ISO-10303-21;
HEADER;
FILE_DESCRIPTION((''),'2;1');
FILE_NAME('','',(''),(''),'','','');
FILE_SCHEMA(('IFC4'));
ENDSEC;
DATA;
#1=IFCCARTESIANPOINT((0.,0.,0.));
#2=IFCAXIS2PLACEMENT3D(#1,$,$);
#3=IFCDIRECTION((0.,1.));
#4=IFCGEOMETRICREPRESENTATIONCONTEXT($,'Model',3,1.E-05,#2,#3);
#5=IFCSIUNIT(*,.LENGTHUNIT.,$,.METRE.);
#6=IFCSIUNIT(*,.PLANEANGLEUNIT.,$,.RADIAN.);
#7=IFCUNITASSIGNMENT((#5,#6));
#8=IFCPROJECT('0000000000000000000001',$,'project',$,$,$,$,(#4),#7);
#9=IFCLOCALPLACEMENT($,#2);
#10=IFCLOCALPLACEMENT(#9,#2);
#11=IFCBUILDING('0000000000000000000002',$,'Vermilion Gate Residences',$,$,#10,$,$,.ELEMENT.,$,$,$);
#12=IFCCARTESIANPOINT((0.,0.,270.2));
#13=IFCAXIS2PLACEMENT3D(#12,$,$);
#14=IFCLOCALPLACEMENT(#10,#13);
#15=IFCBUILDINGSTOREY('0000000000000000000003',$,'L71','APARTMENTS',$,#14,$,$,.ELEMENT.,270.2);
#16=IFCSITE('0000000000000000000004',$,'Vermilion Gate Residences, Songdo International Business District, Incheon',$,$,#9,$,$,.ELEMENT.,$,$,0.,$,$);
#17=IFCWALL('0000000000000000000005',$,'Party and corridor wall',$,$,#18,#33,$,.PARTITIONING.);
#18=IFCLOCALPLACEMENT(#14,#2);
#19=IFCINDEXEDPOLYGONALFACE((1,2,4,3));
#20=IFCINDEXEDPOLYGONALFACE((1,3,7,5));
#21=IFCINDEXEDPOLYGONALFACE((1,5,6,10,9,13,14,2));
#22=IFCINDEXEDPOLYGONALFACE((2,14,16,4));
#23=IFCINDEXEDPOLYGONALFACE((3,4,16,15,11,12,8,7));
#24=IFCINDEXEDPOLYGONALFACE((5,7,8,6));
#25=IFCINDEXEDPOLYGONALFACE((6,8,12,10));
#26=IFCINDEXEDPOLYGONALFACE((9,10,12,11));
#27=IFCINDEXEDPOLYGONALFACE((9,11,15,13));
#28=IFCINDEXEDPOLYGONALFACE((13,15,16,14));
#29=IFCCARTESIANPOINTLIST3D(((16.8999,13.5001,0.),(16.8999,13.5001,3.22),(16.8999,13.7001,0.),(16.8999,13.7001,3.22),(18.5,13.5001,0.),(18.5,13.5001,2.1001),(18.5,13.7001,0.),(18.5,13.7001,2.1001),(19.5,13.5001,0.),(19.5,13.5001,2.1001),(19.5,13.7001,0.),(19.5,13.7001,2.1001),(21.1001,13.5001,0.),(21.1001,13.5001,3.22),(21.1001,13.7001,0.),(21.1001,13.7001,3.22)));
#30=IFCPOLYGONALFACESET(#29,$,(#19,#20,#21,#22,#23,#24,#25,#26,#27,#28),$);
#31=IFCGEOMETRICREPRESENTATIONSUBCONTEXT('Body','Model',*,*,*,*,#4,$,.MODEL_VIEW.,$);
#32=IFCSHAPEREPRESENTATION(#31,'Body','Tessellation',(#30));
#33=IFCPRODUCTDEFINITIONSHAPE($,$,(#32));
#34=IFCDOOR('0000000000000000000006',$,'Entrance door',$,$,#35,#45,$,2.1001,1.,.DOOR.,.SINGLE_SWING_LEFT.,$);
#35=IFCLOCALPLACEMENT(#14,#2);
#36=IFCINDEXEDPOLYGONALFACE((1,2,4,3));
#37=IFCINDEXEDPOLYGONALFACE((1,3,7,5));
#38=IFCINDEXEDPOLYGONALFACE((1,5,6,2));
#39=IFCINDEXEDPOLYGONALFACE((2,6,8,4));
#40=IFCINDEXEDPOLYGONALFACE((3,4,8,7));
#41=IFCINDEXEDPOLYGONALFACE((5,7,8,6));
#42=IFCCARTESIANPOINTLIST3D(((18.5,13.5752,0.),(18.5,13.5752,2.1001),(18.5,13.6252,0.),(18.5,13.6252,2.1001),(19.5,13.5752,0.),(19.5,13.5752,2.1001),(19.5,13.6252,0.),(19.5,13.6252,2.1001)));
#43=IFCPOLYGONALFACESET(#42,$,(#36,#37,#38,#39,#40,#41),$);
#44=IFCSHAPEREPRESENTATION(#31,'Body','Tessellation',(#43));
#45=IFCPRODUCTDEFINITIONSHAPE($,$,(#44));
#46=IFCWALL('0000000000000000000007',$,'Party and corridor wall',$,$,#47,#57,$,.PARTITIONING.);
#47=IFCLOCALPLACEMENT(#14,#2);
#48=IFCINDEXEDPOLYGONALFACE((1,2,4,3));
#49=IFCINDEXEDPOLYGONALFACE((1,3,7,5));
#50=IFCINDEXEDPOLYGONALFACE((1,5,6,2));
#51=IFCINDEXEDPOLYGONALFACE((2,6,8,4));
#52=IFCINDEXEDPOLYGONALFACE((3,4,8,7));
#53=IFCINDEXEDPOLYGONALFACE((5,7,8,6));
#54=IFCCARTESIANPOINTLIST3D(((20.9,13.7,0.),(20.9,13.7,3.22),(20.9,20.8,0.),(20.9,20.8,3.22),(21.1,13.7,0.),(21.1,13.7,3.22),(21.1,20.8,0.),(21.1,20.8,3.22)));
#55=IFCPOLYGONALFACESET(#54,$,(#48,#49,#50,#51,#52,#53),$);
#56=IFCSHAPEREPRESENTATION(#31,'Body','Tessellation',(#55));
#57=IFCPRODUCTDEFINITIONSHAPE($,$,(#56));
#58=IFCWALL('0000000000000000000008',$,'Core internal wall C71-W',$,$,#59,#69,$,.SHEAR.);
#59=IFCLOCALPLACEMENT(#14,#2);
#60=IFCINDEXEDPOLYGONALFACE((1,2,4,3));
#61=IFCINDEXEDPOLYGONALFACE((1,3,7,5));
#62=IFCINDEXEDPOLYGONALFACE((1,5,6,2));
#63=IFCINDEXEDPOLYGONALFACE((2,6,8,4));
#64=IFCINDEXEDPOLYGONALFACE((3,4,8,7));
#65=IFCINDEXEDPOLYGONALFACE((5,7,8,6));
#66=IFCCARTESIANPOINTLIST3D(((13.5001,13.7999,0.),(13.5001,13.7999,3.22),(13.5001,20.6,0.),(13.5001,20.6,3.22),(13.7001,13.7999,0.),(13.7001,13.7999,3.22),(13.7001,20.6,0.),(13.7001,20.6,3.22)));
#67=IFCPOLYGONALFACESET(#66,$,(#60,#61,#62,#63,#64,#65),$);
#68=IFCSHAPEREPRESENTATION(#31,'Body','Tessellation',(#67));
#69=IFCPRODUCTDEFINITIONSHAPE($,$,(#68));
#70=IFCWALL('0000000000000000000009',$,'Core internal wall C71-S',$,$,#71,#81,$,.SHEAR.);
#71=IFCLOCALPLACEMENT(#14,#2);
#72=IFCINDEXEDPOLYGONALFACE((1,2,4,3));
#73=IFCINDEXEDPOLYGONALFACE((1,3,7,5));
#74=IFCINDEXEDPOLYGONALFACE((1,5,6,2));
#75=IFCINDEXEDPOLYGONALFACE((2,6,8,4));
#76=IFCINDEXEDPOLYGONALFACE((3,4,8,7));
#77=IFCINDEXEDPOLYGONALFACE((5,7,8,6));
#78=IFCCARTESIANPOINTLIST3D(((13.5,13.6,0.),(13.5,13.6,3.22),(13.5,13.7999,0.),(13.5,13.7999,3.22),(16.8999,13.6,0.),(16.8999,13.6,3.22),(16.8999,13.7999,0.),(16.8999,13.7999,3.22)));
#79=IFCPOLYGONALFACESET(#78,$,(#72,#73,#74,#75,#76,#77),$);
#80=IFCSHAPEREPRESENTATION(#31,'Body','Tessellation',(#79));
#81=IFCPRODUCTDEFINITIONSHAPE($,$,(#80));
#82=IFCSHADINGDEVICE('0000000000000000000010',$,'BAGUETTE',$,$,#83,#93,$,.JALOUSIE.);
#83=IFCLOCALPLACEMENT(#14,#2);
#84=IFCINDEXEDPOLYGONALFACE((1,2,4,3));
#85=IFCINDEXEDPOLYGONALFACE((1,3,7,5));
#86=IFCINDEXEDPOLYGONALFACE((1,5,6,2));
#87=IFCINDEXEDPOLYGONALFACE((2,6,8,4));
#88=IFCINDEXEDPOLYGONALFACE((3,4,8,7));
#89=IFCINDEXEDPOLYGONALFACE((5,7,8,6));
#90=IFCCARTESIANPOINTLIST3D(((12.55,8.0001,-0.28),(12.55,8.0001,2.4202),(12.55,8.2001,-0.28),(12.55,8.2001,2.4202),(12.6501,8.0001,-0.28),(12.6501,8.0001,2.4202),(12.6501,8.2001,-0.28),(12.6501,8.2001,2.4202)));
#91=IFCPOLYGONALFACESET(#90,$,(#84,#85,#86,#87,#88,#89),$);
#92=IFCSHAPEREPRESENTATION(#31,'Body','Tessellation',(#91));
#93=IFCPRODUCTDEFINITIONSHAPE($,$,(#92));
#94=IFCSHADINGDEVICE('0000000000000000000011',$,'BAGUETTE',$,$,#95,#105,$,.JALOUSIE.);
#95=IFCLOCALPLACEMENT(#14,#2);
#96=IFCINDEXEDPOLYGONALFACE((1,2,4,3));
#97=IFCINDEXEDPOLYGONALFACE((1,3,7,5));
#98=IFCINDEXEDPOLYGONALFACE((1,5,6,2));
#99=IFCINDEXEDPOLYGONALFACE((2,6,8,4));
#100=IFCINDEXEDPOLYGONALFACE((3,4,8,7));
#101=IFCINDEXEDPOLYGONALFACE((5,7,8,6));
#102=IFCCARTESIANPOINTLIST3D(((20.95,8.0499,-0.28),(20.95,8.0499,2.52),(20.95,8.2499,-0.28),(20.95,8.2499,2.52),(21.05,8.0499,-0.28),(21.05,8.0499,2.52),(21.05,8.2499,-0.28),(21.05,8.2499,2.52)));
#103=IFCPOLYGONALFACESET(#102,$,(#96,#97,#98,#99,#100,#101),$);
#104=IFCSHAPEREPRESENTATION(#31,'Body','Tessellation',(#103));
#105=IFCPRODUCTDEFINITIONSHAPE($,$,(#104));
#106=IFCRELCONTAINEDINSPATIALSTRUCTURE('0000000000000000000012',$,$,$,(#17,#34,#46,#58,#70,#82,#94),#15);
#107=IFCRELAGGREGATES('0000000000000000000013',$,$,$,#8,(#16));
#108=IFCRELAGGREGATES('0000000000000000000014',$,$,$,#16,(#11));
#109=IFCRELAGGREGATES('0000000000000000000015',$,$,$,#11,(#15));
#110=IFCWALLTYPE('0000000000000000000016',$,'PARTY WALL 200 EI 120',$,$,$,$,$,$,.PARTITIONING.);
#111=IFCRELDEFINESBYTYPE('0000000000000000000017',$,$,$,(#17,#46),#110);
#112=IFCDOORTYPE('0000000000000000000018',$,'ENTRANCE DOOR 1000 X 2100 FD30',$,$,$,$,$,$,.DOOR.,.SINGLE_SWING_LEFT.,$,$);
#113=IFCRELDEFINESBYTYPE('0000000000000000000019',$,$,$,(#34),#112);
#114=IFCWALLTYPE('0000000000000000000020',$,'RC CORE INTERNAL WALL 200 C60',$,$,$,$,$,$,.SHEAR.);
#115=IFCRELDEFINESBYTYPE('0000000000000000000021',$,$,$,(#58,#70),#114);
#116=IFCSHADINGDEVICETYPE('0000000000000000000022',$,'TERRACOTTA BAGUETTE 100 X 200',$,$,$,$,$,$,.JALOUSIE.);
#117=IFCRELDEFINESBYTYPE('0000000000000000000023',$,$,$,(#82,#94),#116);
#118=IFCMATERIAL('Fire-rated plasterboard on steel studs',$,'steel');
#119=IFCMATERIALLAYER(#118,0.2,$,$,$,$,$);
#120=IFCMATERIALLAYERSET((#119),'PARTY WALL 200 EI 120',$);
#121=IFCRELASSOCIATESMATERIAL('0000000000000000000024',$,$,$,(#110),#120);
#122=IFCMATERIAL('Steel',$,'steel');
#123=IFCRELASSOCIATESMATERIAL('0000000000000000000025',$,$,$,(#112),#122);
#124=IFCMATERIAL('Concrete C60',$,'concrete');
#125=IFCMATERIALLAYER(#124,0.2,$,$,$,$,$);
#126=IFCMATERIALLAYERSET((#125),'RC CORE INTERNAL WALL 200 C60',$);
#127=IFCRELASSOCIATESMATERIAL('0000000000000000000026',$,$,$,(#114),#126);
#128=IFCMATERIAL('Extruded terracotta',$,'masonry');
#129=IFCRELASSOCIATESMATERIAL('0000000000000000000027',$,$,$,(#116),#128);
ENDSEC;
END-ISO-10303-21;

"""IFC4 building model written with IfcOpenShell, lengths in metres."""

from ifc_helpers import new_model, si_unit, direction, frame, frame_2d, origin, origin_2d, place, context, subcontext, project, spatial, rectangle, extrude, material, layer, layer_set, material_profile, profile_set, type_object, element, fill, save


model = new_model("IFC4")

# Units and contexts
model_context = context("Model", 3, precision=1e-05, world=origin(), true_north=direction((0.0, 1.0)))
body_context = subcontext(model_context, "Body", "Model", "MODEL_VIEW")
ifc_project = project(units=[si_unit("LENGTHUNIT", "METRE"), si_unit("PLANEANGLEUNIT", "RADIAN")], contexts=[model_context])

# Site, building, storey
site_placement = place(None, origin())
site = spatial("IfcSite", under=ifc_project, at=site_placement, Name="Vermilion Gate Residences, Songdo International Business District, Incheon", CompositionType="ELEMENT", RefElevation=0.0)
building_placement = place(site_placement, origin())
building = spatial("IfcBuilding", under=site, at=building_placement, Name="Vermilion Gate Residences", CompositionType="ELEMENT")
storey_placement = place(building_placement, frame((0.0, 0.0, 270.2)))
storey = spatial("IfcBuildingStorey", under=building, at=storey_placement, Name="L71", Description="APARTMENTS", CompositionType="ELEMENT", Elevation=270.2)

# Wall, opening, door
ifc_material_1 = material(Name="Fire-rated plasterboard on steel studs", Category="steel")
ifc_layer_1 = layer(ifc_material_1, 0.2)
ifc_layer_set_1 = layer_set([ifc_layer_1], Name="PARTY WALL 200 EI 120")
wall_type_1 = type_object("IfcWallType", Name="PARTY WALL 200 EI 120", PredefinedType="PARTITIONING", material=ifc_layer_set_1)
wall_1_placement = place(storey_placement, frame((16.8999, 13.6001, 0.0), z_axis=(0.0, 0.0, 1.0), x_axis=(1.0, 0.0, 0.0)))
wall_1 = element("IfcWall", 1, at=wall_1_placement, inside=storey, type_object=wall_type_1, Name="Party and corridor wall", PredefinedType="PARTITIONING", context=body_context, shape_type="SweptSolid", body=[
    extrude(rectangle(XDim=4.2002, YDim=0.2, at=frame_2d((2.1001, 0.0))), origin(), (0.0, 0.0, 1.0), 3.22),
])
opening_1_placement = place(wall_1_placement, frame((1.6001, 0.0, 0.0)))
opening_1 = element("IfcOpeningElement", 2, at=opening_1_placement, cuts=wall_1, PredefinedType="OPENING", context=body_context, shape_type="SweptSolid", body=[
    extrude(rectangle(XDim=1.0, YDim=2.1001, at=frame_2d((0.5, 1.05))), frame((0.0, 0.1099, 0.0), z_axis=(0.0, -1.0, 0.0), x_axis=(1.0, 0.0, 0.0)), (0.0, 0.0, 1.0), 0.22),
])
ifc_material_2 = material(Name="Steel", Category="steel")
door_type_1 = type_object("IfcDoorType", Name="ENTRANCE DOOR 1000 X 2100 FD30", OperationType="SINGLE_SWING_LEFT", PredefinedType="DOOR", material=ifc_material_2)
door_1_placement = place(opening_1_placement, frame((1.0, 0.0, 0.0), z_axis=(0.0, 0.0, 1.0), x_axis=(-1.0, 0.0, 0.0)))
door_1 = element("IfcDoor", 3, at=door_1_placement, inside=storey, type_object=door_type_1, Name="Entrance door", OperationType="SINGLE_SWING_LEFT", OverallHeight=2.1001, OverallWidth=1.0, PredefinedType="DOOR", context=body_context, shape_type="SweptSolid", body=[
    extrude(rectangle(XDim=1.0, YDim=2.1001, at=frame_2d((0.5, 1.05))), frame((0.0, 0.0249, 0.0), z_axis=(0.0, -1.0, 0.0), x_axis=(1.0, 0.0, 0.0)), (0.0, 0.0, 1.0), 0.05),
])
fill(opening_1, door_1)

# Walls
wall_2_placement = place(storey_placement, frame((21.0, 13.7, 0.0), z_axis=(0.0, 0.0, 1.0), x_axis=(0.0, 1.0, 0.0)))
element("IfcWall", 4, at=wall_2_placement, inside=storey, type_object=wall_type_1, Name="Party and corridor wall", PredefinedType="PARTITIONING", context=body_context, shape_type="SweptSolid", body=[
    extrude(rectangle(XDim=7.1001, YDim=0.2, at=frame_2d((3.55, 0.0))), origin(), (0.0, 0.0, 1.0), 3.22),
])
ifc_material_3 = material(Name="Concrete C60", Category="concrete")
ifc_layer_2 = layer(ifc_material_3, 0.2)
ifc_layer_set_2 = layer_set([ifc_layer_2], Name="RC CORE INTERNAL WALL 200 C60")
wall_type_2 = type_object("IfcWallType", Name="RC CORE INTERNAL WALL 200 C60", PredefinedType="SHEAR", material=ifc_layer_set_2)
wall_3_placement = place(storey_placement, frame((13.6001, 13.8, 0.0), z_axis=(0.0, 0.0, 1.0), x_axis=(0.0, 1.0, 0.0)))
element("IfcWall", 5, at=wall_3_placement, inside=storey, type_object=wall_type_2, Name="Core internal wall C71-W", PredefinedType="SHEAR", context=body_context, shape_type="SweptSolid", body=[
    extrude(rectangle(XDim=6.8, YDim=0.2, at=frame_2d((3.3999, 0.0))), origin(), (0.0, 0.0, 1.0), 3.22),
])
wall_4_placement = place(storey_placement, frame((13.5, 13.7, 0.0), z_axis=(0.0, 0.0, 1.0), x_axis=(1.0, 0.0, 0.0)))
element("IfcWall", 6, at=wall_4_placement, inside=storey, type_object=wall_type_2, Name="Core internal wall C71-S", PredefinedType="SHEAR", context=body_context, shape_type="SweptSolid", body=[
    extrude(rectangle(XDim=3.3999, YDim=0.2, at=frame_2d((1.7, 0.0))), origin(), (0.0, 0.0, 1.0), 3.22),
])

# Shading devices
ifc_material_4 = material(Name="Extruded terracotta", Category="masonry")
ifc_material_profile_1 = material_profile(ifc_material_4, rectangle(XDim=0.2, YDim=0.1001, at=origin_2d()), Name="BAGUETTE 100 X 200")
ifc_profile_set_1 = profile_set([ifc_material_profile_1], Name="Extruded terracotta")
shading_device_type = type_object("IfcShadingDeviceType", Name="TERRACOTTA BAGUETTE 100 X 200", PredefinedType="JALOUSIE", material=ifc_profile_set_1)
shading_device_1_placement = place(storey_placement, frame((12.6001, 8.1001, -0.28), z_axis=(0.0, 0.0, 1.0), x_axis=(0.0, 1.0, 0.0)))
element("IfcShadingDevice", 7, at=shading_device_1_placement, inside=storey, type_object=shading_device_type, Name="BAGUETTE", PredefinedType="JALOUSIE", context=body_context, shape_type="SweptSolid", body=[
    extrude(rectangle(XDim=0.2, YDim=0.1001, at=origin_2d()), origin(), (0.0, 0.0, 1.0), 2.7002),
])
shading_device_2_placement = place(storey_placement, frame((21.0, 8.1499, -0.28), z_axis=(0.0, 0.0, 1.0), x_axis=(0.0, 1.0, 0.0)))
element("IfcShadingDevice", 8, at=shading_device_2_placement, inside=storey, type_object=shading_device_type, Name="BAGUETTE", PredefinedType="JALOUSIE", context=body_context, shape_type="SweptSolid", body=[
    extrude(rectangle(XDim=0.2, YDim=0.1001, at=origin_2d()), origin(), (0.0, 0.0, 1.0), 2.8),
])

save(model, "model.ifc")
